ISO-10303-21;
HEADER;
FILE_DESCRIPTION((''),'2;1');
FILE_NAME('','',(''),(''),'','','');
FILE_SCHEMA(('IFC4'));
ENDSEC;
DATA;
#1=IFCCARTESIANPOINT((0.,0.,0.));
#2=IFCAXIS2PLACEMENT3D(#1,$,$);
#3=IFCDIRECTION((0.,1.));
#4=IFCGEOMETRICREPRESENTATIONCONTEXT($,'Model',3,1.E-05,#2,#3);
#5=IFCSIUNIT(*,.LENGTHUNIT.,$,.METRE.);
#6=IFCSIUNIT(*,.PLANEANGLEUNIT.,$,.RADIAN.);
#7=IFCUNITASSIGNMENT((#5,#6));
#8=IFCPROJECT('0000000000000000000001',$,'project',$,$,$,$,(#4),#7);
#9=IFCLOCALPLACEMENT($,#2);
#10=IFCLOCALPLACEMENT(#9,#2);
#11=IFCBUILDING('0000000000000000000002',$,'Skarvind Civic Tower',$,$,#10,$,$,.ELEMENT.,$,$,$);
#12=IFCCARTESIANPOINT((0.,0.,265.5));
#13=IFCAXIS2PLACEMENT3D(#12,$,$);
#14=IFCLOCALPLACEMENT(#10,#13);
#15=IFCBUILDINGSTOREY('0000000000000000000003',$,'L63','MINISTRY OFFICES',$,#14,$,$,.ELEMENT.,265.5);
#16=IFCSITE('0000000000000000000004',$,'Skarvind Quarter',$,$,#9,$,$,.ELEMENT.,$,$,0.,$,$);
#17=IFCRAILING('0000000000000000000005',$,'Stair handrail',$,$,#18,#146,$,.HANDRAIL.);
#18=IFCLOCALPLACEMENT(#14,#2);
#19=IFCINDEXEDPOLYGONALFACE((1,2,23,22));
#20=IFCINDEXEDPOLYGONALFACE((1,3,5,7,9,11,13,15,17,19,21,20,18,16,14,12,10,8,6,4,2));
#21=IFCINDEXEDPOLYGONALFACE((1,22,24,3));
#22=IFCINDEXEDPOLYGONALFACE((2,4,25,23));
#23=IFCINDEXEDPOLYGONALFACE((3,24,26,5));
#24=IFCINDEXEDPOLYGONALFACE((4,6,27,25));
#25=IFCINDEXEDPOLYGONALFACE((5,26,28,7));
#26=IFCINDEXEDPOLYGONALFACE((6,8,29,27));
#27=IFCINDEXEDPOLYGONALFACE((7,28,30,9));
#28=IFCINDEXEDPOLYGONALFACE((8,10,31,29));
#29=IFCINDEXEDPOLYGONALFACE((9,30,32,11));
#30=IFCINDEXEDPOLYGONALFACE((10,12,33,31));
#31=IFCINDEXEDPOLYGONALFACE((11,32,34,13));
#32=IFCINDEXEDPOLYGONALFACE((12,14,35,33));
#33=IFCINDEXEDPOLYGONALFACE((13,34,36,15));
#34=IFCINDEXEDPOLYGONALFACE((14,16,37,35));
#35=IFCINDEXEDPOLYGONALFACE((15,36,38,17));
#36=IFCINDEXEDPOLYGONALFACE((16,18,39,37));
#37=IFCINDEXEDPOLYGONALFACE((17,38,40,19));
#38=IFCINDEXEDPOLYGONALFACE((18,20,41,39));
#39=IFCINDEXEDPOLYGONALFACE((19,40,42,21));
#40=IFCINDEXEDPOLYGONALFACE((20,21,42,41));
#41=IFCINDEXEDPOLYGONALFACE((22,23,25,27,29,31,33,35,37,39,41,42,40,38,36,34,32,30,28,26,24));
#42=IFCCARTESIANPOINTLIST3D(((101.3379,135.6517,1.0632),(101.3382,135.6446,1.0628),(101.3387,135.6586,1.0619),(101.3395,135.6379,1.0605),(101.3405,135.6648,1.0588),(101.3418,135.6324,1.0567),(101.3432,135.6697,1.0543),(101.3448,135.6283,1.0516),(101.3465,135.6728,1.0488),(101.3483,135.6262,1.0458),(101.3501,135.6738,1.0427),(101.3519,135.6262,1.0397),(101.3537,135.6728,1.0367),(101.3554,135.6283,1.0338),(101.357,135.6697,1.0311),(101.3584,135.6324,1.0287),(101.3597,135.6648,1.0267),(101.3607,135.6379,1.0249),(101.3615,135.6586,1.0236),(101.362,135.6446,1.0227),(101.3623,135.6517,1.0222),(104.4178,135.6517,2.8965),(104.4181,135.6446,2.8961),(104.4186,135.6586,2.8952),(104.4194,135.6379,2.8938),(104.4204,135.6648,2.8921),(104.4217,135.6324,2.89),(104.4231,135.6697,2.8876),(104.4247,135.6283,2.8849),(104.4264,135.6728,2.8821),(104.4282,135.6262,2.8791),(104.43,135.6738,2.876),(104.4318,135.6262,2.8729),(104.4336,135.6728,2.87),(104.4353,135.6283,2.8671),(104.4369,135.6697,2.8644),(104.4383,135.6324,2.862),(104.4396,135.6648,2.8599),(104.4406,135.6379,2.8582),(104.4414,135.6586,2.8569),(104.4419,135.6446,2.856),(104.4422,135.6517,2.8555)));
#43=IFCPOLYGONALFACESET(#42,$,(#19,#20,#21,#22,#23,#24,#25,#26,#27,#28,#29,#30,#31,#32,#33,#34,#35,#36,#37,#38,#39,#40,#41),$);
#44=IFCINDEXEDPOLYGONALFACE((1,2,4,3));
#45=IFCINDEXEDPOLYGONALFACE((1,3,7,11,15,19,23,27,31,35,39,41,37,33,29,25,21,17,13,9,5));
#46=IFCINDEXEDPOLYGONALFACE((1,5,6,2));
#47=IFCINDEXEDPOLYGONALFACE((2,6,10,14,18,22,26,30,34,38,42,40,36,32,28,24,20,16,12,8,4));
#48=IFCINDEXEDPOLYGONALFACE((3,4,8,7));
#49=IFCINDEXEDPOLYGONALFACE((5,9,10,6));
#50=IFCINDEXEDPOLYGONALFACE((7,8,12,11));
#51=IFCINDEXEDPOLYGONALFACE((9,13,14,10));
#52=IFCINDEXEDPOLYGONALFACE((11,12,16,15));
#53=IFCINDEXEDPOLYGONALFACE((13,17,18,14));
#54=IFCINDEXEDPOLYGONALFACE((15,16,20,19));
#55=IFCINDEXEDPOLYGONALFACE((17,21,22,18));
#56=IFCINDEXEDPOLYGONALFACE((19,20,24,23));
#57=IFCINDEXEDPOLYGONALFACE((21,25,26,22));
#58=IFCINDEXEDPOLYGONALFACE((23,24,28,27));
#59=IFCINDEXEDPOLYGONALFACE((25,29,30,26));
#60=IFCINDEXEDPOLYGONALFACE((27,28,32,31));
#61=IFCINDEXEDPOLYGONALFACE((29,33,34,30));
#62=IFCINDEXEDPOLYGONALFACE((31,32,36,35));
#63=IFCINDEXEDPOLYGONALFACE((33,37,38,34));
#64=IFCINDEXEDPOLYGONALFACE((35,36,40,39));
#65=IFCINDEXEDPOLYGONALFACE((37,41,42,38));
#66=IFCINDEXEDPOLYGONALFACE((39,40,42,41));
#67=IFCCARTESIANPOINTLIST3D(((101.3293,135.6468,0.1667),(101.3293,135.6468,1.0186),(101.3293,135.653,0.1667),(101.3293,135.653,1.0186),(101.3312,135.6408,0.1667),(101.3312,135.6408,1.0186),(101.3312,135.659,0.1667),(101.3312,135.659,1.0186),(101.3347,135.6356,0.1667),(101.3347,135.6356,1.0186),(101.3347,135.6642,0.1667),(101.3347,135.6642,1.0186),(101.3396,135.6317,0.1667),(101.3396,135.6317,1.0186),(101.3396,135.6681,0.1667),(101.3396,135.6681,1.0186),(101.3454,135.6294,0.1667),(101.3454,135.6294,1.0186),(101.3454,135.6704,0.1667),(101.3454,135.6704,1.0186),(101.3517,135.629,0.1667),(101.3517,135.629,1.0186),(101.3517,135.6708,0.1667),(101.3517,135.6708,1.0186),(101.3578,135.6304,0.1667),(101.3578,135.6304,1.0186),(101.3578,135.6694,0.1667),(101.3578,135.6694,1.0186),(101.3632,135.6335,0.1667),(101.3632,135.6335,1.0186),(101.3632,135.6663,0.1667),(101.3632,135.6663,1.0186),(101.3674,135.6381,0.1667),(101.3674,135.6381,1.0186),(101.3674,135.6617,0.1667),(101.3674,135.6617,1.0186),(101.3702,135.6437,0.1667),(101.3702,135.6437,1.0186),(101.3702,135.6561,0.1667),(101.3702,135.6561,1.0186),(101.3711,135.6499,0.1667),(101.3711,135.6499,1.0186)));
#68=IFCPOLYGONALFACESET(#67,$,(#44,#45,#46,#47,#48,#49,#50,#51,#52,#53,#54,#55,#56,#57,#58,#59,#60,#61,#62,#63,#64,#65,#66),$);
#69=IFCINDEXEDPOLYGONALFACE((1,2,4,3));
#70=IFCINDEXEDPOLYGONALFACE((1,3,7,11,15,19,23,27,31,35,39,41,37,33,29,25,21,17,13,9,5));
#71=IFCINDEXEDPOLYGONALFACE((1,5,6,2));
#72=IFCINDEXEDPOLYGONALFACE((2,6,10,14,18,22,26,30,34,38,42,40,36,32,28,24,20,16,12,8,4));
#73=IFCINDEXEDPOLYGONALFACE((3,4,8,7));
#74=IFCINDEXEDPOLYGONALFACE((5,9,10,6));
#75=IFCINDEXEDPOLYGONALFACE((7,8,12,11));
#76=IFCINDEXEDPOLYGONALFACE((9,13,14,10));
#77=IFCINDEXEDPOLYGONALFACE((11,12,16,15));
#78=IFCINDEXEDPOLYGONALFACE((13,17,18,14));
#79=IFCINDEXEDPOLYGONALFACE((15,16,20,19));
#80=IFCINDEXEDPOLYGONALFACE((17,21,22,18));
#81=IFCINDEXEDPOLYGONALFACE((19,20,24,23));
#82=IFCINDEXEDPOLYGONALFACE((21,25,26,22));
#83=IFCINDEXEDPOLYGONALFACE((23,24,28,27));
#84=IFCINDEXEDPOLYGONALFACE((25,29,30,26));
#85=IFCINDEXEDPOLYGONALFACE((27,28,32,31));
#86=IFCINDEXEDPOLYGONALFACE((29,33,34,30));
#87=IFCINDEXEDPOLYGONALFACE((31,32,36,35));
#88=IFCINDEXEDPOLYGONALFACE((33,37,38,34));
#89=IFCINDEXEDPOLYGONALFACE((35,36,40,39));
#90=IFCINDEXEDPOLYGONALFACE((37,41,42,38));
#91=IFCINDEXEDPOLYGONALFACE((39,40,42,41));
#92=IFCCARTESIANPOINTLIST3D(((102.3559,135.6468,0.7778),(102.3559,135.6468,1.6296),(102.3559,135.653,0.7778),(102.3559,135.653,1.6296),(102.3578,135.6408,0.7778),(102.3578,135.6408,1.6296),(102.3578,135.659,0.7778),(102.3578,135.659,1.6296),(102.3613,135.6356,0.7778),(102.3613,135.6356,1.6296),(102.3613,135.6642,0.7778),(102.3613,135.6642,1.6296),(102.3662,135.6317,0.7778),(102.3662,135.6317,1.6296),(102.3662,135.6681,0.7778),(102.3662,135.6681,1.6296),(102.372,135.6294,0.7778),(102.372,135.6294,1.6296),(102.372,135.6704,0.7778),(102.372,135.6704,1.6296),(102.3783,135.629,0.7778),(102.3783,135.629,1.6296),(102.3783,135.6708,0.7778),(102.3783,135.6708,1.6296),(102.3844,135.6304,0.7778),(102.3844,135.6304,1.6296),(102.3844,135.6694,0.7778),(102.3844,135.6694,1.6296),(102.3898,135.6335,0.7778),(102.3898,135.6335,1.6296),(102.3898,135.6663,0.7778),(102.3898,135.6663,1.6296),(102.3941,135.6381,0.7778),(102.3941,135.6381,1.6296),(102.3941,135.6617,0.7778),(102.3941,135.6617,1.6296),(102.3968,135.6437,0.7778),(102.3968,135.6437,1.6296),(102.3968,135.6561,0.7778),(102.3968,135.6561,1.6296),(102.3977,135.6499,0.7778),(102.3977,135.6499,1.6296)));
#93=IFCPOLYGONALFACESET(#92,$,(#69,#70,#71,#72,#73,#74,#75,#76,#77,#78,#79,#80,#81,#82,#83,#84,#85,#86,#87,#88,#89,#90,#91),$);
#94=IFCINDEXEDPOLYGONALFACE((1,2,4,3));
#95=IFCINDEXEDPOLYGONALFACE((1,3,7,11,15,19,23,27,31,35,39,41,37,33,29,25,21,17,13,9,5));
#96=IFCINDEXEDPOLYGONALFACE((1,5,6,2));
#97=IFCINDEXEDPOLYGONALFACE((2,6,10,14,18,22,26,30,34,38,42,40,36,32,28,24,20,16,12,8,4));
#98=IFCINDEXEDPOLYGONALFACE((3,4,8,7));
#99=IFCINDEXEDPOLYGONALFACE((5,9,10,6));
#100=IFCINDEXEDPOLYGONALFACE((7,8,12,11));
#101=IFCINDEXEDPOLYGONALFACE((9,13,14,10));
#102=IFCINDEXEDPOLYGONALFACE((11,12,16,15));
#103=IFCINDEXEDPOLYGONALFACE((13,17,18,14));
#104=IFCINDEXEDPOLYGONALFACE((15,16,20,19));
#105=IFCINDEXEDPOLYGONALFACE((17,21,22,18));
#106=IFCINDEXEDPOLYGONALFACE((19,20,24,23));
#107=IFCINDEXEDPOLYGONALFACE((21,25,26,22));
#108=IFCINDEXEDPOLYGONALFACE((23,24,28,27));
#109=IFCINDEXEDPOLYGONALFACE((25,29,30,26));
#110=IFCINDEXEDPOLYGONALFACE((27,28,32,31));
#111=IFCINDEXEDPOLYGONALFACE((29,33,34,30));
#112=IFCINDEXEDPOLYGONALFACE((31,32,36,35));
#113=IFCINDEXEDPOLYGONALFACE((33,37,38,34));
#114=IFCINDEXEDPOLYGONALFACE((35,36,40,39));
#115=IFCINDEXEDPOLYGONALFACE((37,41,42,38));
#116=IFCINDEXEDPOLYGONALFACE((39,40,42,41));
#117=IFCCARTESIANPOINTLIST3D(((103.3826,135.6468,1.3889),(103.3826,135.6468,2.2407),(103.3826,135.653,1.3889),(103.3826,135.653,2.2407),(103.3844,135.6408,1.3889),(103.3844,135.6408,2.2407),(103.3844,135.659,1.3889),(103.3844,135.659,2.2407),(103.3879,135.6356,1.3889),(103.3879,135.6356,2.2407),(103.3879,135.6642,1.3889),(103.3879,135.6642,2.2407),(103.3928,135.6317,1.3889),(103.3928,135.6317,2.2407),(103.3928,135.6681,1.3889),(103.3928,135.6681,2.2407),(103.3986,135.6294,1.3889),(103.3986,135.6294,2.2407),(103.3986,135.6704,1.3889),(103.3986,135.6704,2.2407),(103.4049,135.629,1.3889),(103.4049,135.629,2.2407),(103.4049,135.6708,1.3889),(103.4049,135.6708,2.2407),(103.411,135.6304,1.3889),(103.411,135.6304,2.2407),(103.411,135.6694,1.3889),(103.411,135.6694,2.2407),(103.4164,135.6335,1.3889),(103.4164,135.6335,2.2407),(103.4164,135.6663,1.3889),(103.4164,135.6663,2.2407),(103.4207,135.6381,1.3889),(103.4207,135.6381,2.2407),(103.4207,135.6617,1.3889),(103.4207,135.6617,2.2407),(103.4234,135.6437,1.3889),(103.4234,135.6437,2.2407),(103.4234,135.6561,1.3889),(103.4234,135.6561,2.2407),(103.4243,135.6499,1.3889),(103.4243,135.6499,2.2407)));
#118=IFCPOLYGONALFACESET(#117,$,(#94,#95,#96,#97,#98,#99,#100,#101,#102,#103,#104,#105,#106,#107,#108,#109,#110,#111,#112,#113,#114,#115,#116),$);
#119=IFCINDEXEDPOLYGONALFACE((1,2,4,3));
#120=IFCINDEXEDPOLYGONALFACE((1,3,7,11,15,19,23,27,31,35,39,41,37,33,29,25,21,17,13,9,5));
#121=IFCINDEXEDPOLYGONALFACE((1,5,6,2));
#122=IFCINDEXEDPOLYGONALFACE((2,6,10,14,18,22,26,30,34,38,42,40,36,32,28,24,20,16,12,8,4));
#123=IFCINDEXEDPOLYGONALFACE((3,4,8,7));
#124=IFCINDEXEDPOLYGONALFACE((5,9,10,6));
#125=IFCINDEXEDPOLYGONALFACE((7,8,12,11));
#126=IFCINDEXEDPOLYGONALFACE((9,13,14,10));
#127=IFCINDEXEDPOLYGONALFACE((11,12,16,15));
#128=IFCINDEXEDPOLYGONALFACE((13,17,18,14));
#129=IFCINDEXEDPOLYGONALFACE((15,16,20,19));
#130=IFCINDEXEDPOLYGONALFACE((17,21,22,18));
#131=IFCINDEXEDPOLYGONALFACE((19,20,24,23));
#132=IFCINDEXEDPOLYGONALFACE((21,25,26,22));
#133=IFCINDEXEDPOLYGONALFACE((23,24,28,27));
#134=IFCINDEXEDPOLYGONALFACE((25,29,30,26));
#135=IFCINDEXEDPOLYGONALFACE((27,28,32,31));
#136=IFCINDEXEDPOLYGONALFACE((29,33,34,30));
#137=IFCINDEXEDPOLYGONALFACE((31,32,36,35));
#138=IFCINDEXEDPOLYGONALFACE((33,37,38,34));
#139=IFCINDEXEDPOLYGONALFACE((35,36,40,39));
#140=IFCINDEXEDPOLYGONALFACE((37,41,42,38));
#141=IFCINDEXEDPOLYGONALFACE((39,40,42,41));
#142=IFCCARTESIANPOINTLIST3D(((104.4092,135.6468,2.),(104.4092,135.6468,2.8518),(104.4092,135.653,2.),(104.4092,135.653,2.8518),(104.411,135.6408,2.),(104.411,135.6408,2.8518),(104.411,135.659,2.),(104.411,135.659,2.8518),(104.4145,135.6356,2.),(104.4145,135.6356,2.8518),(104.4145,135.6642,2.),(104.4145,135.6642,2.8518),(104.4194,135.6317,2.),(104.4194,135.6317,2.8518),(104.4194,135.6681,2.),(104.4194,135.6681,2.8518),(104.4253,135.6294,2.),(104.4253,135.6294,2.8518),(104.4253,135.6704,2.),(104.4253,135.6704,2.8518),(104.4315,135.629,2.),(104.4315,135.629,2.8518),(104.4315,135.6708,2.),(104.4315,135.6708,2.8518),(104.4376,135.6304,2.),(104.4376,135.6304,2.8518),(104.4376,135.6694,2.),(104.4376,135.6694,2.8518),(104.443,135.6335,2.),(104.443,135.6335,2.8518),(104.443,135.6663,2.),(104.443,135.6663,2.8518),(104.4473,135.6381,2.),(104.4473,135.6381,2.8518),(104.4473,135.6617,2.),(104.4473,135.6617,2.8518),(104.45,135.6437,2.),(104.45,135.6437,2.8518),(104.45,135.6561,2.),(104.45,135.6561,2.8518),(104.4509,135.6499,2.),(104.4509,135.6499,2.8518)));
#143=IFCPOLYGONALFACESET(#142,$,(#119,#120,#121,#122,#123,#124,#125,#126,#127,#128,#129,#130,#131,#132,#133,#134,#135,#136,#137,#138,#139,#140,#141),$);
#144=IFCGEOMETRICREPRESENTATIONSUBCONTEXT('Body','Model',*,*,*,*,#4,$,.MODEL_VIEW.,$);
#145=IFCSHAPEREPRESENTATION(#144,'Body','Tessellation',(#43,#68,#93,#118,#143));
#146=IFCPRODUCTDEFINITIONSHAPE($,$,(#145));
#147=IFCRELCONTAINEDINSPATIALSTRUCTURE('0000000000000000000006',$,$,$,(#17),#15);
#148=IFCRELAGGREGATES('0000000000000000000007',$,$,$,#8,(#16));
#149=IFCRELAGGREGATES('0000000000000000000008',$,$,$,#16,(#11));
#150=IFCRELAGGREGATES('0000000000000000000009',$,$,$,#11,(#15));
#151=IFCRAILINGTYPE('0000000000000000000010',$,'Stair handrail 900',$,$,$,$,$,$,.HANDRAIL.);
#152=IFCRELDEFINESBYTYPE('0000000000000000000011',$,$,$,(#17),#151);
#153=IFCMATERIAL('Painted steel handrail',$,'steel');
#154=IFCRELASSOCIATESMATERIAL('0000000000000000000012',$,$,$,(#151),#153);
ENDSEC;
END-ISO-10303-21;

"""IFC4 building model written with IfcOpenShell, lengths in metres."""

from ifc_helpers import new_model, si_unit, direction, frame, origin, origin_2d, place, context, subcontext, project, spatial, circle, extrude, material, type_object, element, save


model = new_model("IFC4")

# Units and contexts
model_context = context("Model", 3, precision=1e-05, world=origin(), true_north=direction((0.0, 1.0)))
body_context = subcontext(model_context, "Body", "Model", "MODEL_VIEW")
ifc_project = project(units=[si_unit("LENGTHUNIT", "METRE"), si_unit("PLANEANGLEUNIT", "RADIAN")], contexts=[model_context])

# Site, building, storey
site_placement = place(None, origin())
site = spatial("IfcSite", under=ifc_project, at=site_placement, Name="Skarvind Quarter", CompositionType="ELEMENT", RefElevation=0.0)
building_placement = place(site_placement, origin())
building = spatial("IfcBuilding", under=site, at=building_placement, Name="Skarvind Civic Tower", CompositionType="ELEMENT")
storey_placement = place(building_placement, frame((0.0, 0.0, 265.5)))
storey = spatial("IfcBuildingStorey", under=building, at=storey_placement, Name="L63", Description="MINISTRY OFFICES", CompositionType="ELEMENT", Elevation=265.5)

# Railing
ifc_material_1 = material(Name="Painted steel handrail", Category="steel")
railing_type = type_object("IfcRailingType", Name="Stair handrail 900", PredefinedType="HANDRAIL", material=ifc_material_1)
railing_1_placement = place(storey_placement, frame((101.3501, 135.6499, 0.1667)))
element("IfcRailing", 1, at=railing_1_placement, inside=storey, type_object=railing_type, Name="Stair handrail", PredefinedType="HANDRAIL", context=body_context, shape_type="SweptSolid", body=[
    extrude(circle(Radius=0.0239, at=origin_2d()), frame((0.0, 0.0, 0.876), z_axis=(0.859291, 0.0, 0.511487), x_axis=(0.0, 1.0, 0.0)), (0.0, 0.0, 1.0), 3.5842),
    extrude(circle(Radius=0.021, at=origin_2d()), origin(), (0.0, 0.0, 1.0), 0.8518),
    extrude(circle(Radius=0.021, at=origin_2d()), frame((1.0266, 0.0, 0.6111)), (0.0, 0.0, 1.0), 0.8518),
    extrude(circle(Radius=0.021, at=origin_2d()), frame((2.0532, 0.0, 1.2222)), (0.0, 0.0, 1.0), 0.8518),
    extrude(circle(Radius=0.021, at=origin_2d()), frame((3.0798, 0.0, 1.8333)), (0.0, 0.0, 1.0), 0.8518),
])

save(model, "model.ifc")
